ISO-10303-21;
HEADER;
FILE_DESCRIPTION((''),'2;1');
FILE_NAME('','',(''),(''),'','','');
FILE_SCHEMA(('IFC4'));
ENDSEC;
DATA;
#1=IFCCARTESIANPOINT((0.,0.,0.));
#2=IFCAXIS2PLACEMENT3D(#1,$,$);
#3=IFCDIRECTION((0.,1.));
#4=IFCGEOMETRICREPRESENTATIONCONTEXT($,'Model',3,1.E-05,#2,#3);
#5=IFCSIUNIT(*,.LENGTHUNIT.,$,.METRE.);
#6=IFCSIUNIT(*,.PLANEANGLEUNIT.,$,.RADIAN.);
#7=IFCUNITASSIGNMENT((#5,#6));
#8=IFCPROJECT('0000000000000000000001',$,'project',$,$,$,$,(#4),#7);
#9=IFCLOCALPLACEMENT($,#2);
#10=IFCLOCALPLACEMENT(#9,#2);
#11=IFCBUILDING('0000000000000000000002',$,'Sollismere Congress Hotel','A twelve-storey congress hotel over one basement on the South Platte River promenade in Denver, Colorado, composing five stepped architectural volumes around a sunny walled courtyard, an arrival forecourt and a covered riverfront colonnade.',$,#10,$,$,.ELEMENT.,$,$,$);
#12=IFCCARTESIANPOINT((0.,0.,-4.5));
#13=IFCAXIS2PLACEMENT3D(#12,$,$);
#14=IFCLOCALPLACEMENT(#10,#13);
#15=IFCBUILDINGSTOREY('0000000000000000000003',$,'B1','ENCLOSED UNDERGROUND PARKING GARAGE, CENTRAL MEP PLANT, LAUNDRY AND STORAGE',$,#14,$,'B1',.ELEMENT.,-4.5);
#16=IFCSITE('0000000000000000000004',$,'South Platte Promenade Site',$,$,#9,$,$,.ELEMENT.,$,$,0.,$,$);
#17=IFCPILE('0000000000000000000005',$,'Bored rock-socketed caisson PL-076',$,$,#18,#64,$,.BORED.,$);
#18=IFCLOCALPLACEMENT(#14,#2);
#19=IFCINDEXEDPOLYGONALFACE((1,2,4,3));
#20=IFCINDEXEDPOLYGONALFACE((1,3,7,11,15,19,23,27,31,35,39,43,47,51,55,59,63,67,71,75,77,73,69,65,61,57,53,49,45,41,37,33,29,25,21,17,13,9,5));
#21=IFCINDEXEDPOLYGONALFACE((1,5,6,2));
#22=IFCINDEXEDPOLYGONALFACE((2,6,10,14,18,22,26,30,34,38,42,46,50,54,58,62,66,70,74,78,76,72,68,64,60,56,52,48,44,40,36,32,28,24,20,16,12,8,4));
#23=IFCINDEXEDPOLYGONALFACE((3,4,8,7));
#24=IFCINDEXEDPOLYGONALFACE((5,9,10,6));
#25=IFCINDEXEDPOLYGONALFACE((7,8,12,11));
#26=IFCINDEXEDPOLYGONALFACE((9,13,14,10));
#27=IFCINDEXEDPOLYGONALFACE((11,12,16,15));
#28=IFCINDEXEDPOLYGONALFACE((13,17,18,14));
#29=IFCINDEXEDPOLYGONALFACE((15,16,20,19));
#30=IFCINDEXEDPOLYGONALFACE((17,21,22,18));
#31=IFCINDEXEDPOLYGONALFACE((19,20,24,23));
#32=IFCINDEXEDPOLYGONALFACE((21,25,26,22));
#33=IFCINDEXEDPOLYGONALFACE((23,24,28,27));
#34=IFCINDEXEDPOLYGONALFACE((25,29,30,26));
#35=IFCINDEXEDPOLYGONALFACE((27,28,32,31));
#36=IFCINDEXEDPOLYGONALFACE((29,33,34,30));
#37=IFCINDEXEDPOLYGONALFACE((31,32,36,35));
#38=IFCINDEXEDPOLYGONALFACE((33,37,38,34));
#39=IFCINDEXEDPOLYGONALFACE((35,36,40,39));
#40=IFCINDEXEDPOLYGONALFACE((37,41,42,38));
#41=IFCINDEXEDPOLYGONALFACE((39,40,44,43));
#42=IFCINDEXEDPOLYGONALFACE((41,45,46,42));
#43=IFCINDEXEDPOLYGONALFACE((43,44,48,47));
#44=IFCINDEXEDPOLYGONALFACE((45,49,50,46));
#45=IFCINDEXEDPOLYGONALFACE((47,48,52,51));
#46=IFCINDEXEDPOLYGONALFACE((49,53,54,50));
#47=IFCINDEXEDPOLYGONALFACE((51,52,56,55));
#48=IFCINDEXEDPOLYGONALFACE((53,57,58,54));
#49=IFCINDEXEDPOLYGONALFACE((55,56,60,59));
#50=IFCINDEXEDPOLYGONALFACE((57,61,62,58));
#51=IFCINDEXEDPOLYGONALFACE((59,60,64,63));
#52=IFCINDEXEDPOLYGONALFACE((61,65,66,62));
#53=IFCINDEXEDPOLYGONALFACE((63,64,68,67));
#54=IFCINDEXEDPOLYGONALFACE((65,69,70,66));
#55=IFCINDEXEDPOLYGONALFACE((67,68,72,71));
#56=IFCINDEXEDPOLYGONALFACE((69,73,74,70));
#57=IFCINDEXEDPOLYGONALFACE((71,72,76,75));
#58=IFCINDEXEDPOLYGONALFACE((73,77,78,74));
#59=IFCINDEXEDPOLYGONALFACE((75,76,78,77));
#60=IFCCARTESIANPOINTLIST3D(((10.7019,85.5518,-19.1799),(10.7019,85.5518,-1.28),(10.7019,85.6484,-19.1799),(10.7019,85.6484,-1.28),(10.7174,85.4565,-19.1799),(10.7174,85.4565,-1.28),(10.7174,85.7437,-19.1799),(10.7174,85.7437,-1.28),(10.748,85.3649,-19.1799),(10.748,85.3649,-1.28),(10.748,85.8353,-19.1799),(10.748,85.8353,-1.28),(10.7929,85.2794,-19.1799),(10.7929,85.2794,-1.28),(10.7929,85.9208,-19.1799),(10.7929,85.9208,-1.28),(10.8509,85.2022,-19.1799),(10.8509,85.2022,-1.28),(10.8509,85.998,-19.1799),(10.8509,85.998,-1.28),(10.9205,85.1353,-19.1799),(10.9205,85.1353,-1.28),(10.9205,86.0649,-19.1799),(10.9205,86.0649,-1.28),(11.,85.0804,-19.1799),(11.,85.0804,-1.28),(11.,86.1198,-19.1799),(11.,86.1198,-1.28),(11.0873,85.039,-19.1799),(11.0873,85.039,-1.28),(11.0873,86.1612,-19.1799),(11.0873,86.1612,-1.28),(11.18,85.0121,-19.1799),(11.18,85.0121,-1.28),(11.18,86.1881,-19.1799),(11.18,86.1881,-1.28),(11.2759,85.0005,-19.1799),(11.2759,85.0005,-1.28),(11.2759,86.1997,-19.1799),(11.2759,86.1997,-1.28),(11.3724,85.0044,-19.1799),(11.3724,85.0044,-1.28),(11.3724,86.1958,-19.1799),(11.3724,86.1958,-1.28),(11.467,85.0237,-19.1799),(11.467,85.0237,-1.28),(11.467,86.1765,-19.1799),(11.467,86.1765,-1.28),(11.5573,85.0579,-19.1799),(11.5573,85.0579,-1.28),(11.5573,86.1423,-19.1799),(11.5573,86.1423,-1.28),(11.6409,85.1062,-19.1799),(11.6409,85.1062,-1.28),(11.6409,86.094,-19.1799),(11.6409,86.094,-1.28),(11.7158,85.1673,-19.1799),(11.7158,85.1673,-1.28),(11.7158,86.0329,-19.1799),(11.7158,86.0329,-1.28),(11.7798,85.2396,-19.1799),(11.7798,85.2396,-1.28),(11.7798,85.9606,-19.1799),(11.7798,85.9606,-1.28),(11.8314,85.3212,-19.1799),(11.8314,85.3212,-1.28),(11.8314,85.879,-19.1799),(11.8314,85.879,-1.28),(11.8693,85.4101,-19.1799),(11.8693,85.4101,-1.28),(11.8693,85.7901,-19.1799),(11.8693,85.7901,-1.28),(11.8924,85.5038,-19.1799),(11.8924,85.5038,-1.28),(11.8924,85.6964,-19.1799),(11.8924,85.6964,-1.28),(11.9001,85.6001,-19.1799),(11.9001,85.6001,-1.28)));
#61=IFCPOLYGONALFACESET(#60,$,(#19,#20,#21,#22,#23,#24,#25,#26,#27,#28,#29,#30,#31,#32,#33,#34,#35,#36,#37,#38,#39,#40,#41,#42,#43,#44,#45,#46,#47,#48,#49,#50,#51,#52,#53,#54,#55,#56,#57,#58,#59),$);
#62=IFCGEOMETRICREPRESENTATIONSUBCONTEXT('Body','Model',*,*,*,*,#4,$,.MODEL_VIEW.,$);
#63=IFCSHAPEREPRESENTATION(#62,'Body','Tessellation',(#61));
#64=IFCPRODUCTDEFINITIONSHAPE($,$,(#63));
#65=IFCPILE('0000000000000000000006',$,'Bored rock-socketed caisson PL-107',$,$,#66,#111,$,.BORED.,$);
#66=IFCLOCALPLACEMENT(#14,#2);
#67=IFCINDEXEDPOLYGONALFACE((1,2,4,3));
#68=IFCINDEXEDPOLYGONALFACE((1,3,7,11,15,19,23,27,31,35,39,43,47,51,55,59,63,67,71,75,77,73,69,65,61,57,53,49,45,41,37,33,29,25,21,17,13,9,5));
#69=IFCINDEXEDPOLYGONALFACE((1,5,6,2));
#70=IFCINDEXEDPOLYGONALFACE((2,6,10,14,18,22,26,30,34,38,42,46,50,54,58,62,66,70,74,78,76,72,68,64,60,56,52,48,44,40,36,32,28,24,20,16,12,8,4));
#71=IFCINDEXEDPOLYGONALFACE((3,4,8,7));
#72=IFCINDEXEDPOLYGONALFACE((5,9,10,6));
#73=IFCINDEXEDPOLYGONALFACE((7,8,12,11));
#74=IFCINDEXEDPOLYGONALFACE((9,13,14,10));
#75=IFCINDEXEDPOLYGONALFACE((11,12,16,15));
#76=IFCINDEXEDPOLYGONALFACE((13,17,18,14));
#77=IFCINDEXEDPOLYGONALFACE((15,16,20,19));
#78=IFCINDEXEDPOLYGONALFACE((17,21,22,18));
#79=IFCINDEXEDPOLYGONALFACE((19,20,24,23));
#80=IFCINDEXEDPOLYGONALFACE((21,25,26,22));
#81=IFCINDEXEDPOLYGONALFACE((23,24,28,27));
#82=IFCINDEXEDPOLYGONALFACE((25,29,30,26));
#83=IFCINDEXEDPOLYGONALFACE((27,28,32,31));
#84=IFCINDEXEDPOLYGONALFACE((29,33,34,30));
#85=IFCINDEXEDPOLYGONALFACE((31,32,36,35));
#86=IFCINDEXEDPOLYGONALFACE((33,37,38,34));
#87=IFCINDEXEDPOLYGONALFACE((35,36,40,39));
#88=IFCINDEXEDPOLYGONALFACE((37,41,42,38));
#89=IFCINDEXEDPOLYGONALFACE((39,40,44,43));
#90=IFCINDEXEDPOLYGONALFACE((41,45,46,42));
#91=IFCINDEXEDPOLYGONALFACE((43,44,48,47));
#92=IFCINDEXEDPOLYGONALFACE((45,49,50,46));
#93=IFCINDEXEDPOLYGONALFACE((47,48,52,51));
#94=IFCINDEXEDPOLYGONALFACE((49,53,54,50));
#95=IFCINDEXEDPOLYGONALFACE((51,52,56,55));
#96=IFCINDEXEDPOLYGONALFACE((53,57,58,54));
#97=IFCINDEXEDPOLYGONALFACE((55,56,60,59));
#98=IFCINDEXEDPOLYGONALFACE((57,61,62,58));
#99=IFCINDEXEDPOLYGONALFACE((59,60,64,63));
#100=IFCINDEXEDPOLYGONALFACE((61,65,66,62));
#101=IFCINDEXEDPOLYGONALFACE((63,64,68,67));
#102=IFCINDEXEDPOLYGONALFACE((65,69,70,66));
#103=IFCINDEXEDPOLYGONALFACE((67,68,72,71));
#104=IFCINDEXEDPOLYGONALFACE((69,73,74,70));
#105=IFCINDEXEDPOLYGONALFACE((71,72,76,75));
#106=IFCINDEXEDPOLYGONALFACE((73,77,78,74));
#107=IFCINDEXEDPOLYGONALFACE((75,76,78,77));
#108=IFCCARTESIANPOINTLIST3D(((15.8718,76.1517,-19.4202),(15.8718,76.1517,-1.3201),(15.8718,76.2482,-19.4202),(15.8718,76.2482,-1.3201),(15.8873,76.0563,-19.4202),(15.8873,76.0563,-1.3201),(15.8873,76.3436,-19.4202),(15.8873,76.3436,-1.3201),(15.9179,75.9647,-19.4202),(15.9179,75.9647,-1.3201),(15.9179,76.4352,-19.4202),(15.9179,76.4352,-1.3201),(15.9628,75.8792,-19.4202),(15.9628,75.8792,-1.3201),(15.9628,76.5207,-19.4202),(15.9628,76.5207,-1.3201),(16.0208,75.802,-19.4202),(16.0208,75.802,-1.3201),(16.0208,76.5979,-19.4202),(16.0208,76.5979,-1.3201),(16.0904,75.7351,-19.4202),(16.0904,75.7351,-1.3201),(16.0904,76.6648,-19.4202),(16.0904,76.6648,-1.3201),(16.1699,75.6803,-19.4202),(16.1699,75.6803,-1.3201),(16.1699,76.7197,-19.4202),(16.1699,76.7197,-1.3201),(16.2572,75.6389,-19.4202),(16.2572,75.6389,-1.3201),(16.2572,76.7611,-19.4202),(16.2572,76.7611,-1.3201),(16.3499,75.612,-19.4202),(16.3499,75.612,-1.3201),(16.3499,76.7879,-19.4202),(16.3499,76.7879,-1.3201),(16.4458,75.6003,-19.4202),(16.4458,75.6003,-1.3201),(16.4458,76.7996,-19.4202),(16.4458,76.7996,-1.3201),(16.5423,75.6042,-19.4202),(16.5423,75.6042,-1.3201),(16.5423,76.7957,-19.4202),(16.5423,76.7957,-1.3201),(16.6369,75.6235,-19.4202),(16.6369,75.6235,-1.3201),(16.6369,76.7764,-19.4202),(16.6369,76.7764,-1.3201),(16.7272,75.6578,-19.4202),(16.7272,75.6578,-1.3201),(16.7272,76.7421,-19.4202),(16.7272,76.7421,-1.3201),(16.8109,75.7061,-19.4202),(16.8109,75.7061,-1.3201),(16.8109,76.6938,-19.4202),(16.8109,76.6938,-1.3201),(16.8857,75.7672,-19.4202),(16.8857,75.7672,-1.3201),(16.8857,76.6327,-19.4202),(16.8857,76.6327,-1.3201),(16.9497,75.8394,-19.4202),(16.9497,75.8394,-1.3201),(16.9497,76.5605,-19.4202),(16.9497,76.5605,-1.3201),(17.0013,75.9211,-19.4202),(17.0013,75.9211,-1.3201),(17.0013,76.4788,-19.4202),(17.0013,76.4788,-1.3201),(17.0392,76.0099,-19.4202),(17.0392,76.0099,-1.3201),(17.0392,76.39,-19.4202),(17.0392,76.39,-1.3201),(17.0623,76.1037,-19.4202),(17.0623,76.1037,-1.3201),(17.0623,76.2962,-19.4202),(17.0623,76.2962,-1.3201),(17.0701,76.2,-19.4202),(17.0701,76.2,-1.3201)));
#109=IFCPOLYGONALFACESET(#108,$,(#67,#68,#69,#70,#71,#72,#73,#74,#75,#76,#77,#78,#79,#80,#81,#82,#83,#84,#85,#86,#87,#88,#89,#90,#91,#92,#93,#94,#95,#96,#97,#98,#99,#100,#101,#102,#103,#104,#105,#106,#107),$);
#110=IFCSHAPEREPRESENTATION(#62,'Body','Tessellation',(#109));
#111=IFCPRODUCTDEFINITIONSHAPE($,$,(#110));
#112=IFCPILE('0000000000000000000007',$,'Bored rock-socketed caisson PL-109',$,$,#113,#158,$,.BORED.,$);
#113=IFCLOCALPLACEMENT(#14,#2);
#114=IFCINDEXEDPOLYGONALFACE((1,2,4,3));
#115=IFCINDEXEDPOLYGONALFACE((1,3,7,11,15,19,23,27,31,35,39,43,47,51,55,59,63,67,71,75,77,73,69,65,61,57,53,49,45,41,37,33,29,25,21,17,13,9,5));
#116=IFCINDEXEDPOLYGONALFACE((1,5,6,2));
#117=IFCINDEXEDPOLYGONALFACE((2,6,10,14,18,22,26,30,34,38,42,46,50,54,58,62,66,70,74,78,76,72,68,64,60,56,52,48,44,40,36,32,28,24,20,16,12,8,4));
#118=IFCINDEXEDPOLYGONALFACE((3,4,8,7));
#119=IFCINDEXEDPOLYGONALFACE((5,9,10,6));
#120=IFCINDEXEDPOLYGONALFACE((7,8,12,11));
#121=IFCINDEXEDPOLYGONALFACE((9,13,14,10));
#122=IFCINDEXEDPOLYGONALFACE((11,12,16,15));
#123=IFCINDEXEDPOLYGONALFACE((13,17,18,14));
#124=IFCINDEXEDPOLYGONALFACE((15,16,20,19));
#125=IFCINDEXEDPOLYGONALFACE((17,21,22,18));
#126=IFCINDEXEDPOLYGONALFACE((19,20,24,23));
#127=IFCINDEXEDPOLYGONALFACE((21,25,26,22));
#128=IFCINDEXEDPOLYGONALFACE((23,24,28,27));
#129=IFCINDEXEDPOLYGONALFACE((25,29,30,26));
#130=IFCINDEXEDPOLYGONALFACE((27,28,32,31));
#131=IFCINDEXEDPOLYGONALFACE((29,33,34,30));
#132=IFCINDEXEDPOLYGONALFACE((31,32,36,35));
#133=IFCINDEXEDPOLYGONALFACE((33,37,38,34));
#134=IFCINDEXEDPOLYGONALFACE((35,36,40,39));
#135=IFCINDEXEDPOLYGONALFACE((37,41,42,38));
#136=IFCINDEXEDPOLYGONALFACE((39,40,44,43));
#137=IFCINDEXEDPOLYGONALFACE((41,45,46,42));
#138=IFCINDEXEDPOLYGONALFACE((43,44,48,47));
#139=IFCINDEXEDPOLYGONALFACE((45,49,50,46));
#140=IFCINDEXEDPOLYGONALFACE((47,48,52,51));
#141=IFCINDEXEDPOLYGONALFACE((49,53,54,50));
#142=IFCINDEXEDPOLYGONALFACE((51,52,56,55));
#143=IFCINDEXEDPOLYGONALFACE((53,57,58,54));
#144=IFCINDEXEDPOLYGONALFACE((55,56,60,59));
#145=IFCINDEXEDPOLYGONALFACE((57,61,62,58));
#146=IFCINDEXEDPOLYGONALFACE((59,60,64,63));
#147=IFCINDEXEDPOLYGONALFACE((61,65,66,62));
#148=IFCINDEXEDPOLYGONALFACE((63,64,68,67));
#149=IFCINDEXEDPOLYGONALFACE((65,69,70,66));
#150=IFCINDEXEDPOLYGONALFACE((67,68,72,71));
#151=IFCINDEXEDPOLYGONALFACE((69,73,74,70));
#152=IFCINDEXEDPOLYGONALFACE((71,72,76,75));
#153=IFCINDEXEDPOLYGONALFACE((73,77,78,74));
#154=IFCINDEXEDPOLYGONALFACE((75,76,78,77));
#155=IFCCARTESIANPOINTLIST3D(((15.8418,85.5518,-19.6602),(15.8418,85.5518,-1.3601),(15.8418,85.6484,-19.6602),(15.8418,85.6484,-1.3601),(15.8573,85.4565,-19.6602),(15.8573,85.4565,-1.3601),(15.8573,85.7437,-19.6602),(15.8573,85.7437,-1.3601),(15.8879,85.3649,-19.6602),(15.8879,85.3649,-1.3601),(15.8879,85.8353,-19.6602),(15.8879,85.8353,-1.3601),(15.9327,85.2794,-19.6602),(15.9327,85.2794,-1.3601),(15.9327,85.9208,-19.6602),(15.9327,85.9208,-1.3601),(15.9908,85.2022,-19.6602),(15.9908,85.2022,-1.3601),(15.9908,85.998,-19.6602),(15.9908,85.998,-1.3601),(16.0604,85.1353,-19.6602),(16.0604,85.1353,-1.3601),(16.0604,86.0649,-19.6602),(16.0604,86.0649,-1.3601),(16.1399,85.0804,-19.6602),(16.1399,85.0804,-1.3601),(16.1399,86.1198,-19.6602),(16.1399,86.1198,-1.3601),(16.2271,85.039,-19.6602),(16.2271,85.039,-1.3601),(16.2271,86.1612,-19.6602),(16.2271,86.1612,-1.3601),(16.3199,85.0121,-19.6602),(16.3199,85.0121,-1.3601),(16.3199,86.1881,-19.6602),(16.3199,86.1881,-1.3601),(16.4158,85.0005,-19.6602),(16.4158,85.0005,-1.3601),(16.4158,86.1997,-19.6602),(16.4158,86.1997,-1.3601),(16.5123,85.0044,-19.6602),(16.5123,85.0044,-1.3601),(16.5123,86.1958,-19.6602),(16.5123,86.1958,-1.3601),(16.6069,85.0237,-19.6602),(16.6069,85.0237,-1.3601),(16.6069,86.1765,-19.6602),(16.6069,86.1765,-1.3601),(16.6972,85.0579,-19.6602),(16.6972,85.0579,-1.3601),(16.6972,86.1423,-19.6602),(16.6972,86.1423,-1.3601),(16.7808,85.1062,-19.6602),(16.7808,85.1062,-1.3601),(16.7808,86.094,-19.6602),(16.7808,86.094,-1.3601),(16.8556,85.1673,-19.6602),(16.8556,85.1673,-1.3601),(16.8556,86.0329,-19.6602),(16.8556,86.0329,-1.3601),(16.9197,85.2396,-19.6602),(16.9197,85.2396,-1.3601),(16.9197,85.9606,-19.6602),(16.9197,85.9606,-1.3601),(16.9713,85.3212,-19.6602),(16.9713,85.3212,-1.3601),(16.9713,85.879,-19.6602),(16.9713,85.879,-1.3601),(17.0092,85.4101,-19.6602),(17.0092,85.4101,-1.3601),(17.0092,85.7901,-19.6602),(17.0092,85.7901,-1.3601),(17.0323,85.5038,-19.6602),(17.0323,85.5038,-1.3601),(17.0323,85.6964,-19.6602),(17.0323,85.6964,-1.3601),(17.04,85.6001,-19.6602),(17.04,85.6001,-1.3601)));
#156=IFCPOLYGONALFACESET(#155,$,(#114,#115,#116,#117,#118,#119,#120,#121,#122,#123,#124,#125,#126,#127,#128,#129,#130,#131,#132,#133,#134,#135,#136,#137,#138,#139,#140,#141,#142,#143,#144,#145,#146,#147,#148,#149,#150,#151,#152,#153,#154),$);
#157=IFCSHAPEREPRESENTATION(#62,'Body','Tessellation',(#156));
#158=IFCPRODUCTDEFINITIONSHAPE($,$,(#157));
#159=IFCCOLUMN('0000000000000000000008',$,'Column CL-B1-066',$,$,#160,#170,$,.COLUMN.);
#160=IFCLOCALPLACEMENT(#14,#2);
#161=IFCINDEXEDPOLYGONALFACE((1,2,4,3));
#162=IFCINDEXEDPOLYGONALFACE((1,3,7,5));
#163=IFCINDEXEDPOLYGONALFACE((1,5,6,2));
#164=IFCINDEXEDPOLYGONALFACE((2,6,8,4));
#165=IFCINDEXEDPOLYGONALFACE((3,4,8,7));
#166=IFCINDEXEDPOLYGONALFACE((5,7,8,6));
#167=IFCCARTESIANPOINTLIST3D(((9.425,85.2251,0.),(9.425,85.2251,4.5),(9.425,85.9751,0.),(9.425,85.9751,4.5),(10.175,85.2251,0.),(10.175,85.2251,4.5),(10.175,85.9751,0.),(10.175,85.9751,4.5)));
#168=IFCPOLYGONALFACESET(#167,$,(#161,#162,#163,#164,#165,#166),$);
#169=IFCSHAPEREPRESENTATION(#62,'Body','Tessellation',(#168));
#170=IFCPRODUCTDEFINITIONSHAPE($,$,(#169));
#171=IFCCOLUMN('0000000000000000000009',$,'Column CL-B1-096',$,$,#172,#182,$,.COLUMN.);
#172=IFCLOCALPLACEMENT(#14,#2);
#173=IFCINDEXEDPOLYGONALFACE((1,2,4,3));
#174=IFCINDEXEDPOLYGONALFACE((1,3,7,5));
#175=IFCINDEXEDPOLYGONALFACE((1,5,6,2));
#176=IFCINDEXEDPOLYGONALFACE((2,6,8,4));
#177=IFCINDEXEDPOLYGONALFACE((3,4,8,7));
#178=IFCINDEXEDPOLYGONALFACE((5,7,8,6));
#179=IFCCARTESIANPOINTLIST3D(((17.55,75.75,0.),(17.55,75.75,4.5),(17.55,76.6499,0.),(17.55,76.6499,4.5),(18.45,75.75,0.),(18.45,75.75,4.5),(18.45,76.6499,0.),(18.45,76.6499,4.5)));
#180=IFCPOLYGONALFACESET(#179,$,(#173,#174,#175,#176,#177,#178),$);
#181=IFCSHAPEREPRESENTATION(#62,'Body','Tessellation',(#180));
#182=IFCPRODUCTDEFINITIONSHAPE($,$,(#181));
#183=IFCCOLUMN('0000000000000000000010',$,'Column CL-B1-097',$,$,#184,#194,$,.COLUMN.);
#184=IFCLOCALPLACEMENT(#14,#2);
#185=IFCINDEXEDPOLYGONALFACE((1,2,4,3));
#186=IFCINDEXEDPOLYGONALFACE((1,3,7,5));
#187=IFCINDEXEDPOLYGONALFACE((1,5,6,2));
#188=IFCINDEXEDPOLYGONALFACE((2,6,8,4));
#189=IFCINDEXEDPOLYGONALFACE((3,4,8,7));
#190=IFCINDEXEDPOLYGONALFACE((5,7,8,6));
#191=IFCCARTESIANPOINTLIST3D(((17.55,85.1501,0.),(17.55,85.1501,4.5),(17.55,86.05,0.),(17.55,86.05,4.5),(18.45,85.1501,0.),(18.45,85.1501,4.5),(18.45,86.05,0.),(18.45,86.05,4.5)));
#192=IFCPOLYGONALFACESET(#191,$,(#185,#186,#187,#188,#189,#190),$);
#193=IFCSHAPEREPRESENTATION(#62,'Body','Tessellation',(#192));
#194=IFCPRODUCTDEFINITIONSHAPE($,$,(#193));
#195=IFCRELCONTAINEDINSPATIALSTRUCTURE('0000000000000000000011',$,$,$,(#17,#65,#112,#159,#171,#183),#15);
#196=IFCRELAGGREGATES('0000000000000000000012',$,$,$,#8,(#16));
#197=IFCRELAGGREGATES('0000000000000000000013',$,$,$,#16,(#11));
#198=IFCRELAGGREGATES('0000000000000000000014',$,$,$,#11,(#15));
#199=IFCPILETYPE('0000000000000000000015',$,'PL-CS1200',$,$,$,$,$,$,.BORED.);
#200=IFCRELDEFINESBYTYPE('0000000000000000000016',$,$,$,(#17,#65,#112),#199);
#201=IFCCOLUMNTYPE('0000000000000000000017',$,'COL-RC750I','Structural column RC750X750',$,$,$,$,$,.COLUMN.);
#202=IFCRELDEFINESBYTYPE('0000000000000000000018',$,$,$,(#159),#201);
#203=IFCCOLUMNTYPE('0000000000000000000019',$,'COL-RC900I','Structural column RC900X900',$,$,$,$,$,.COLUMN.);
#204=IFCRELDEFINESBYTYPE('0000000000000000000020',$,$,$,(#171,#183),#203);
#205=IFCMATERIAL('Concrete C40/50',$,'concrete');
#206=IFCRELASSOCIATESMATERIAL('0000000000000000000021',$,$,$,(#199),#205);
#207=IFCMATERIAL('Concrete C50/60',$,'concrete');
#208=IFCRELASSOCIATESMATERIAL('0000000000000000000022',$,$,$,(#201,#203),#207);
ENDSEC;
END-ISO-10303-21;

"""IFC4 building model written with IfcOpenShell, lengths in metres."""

from ifc_helpers import new_model, si_unit, direction, frame, origin, origin_2d, place, context, subcontext, project, spatial, rectangle, circle, extrude, material, material_profile, profile_set, type_object, element, save


model = new_model("IFC4")

# Units and contexts
model_context = context("Model", 3, precision=1e-05, world=origin(), true_north=direction((0.0, 1.0)))
body_context = subcontext(model_context, "Body", "Model", "MODEL_VIEW")
ifc_project = project(units=[si_unit("LENGTHUNIT", "METRE"), si_unit("PLANEANGLEUNIT", "RADIAN")], contexts=[model_context])

# Site, building, storey
site_placement = place(None, origin())
site = spatial("IfcSite", under=ifc_project, at=site_placement, Name="South Platte Promenade Site", CompositionType="ELEMENT", RefElevation=0.0)
building_placement = place(site_placement, origin())
building = spatial("IfcBuilding", under=site, at=building_placement, Name="Sollismere Congress Hotel", Description="A twelve-storey congress hotel over one basement on the South Platte River promenade in Denver, Colorado, composing five stepped architectural volumes around a sunny walled courtyard, an arrival forecourt and a covered riverfront colonnade.", CompositionType="ELEMENT")
storey_placement = place(building_placement, frame((0.0, 0.0, -4.5)))
storey = spatial("IfcBuildingStorey", under=building, at=storey_placement, Name="B1", Description="ENCLOSED UNDERGROUND PARKING GARAGE, CENTRAL MEP PLANT, LAUNDRY AND STORAGE", LongName="B1", CompositionType="ELEMENT", Elevation=-4.5)

# Shared definitions
ifc_material_1 = material(Name="Concrete C40/50", Category="concrete")

# Piles
ifc_material_profile_1 = material_profile(ifc_material_1, circle(Radius=0.6001, at=origin_2d()), Name="CAISSON1200")
ifc_profile_set_1 = profile_set([ifc_material_profile_1], Name="Concrete C40/50")
pile_type = type_object("IfcPileType", Name="PL-CS1200", PredefinedType="BORED", material=ifc_profile_set_1)
pile_1_placement = place(storey_placement, frame((11.3, 85.6001, -1.28), z_axis=(0.0, 0.0, -1.0), x_axis=(1.0, 0.0, 0.0)))
element("IfcPile", 1, at=pile_1_placement, inside=storey, type_object=pile_type, Name="Bored rock-socketed caisson PL-076", PredefinedType="BORED", context=body_context, shape_type="SweptSolid", body=[
    extrude(circle(Radius=0.6001, at=origin_2d()), origin(), (0.0, 0.0, 1.0), 17.8999),
])
pile_2_placement = place(storey_placement, frame((16.47, 76.2, -1.3201), z_axis=(0.0, 0.0, -1.0), x_axis=(1.0, 0.0, 0.0)))
element("IfcPile", 2, at=pile_2_placement, inside=storey, type_object=pile_type, Name="Bored rock-socketed caisson PL-107", PredefinedType="BORED", context=body_context, shape_type="SweptSolid", body=[
    extrude(circle(Radius=0.6001, at=origin_2d()), origin(), (0.0, 0.0, 1.0), 18.1001),
])
pile_3_placement = place(storey_placement, frame((16.4399, 85.6001, -1.3601), z_axis=(0.0, 0.0, -1.0), x_axis=(1.0, 0.0, 0.0)))
element("IfcPile", 3, at=pile_3_placement, inside=storey, type_object=pile_type, Name="Bored rock-socketed caisson PL-109", PredefinedType="BORED", context=body_context, shape_type="SweptSolid", body=[
    extrude(circle(Radius=0.6001, at=origin_2d()), origin(), (0.0, 0.0, 1.0), 18.3),
])

# Columns
ifc_material_2 = material(Name="Concrete C50/60", Category="concrete")
ifc_material_profile_2 = material_profile(ifc_material_2, rectangle(XDim=0.75, YDim=0.75, at=origin_2d()), Name="RC750X750")
ifc_profile_set_2 = profile_set([ifc_material_profile_2], Name="Concrete C50/60")
column_type_1 = type_object("IfcColumnType", Name="COL-RC750I", Description="Structural column RC750X750", PredefinedType="COLUMN", material=ifc_profile_set_2)
column_placement = place(storey_placement, frame((9.8, 85.6001, 0.0), z_axis=(0.0, 0.0, 1.0), x_axis=(1.0, 0.0, 0.0)))
element("IfcColumn", 4, at=column_placement, inside=storey, type_object=column_type_1, Name="Column CL-B1-066", PredefinedType="COLUMN", context=body_context, shape_type="SweptSolid", body=[
    extrude(rectangle(XDim=0.75, YDim=0.75, at=origin_2d()), origin(), (0.0, 0.0, 1.0), 4.5),
])
ifc_material_profile_3 = material_profile(ifc_material_2, rectangle(XDim=0.8999, YDim=0.8999, at=origin_2d()), Name="RC900X900")
ifc_profile_set_3 = profile_set([ifc_material_profile_3], Name="Concrete C50/60")
column_type_2 = type_object("IfcColumnType", Name="COL-RC900I", Description="Structural column RC900X900", PredefinedType="COLUMN", material=ifc_profile_set_3)
for number, where, z_axis, x_axis, name in (
    (5, (18.0, 76.2, 0.0), (0.0, 0.0, 1.0), (1.0, 0.0, 0.0), "Column CL-B1-096"),
    (6, (18.0, 85.6001, 0.0), (0.0, 0.0, 1.0), (1.0, 0.0, 0.0), "Column CL-B1-097"),
):
    element("IfcColumn", number, at=place(storey_placement, frame(where, z_axis=z_axis, x_axis=x_axis)), inside=storey, type_object=column_type_2, Name=name, PredefinedType="COLUMN", context=body_context, shape_type="SweptSolid", body=[
        extrude(rectangle(XDim=0.8999, YDim=0.8999, at=origin_2d()), origin(), (0.0, 0.0, 1.0), 4.5),
    ])

save(model, "model.ifc")
